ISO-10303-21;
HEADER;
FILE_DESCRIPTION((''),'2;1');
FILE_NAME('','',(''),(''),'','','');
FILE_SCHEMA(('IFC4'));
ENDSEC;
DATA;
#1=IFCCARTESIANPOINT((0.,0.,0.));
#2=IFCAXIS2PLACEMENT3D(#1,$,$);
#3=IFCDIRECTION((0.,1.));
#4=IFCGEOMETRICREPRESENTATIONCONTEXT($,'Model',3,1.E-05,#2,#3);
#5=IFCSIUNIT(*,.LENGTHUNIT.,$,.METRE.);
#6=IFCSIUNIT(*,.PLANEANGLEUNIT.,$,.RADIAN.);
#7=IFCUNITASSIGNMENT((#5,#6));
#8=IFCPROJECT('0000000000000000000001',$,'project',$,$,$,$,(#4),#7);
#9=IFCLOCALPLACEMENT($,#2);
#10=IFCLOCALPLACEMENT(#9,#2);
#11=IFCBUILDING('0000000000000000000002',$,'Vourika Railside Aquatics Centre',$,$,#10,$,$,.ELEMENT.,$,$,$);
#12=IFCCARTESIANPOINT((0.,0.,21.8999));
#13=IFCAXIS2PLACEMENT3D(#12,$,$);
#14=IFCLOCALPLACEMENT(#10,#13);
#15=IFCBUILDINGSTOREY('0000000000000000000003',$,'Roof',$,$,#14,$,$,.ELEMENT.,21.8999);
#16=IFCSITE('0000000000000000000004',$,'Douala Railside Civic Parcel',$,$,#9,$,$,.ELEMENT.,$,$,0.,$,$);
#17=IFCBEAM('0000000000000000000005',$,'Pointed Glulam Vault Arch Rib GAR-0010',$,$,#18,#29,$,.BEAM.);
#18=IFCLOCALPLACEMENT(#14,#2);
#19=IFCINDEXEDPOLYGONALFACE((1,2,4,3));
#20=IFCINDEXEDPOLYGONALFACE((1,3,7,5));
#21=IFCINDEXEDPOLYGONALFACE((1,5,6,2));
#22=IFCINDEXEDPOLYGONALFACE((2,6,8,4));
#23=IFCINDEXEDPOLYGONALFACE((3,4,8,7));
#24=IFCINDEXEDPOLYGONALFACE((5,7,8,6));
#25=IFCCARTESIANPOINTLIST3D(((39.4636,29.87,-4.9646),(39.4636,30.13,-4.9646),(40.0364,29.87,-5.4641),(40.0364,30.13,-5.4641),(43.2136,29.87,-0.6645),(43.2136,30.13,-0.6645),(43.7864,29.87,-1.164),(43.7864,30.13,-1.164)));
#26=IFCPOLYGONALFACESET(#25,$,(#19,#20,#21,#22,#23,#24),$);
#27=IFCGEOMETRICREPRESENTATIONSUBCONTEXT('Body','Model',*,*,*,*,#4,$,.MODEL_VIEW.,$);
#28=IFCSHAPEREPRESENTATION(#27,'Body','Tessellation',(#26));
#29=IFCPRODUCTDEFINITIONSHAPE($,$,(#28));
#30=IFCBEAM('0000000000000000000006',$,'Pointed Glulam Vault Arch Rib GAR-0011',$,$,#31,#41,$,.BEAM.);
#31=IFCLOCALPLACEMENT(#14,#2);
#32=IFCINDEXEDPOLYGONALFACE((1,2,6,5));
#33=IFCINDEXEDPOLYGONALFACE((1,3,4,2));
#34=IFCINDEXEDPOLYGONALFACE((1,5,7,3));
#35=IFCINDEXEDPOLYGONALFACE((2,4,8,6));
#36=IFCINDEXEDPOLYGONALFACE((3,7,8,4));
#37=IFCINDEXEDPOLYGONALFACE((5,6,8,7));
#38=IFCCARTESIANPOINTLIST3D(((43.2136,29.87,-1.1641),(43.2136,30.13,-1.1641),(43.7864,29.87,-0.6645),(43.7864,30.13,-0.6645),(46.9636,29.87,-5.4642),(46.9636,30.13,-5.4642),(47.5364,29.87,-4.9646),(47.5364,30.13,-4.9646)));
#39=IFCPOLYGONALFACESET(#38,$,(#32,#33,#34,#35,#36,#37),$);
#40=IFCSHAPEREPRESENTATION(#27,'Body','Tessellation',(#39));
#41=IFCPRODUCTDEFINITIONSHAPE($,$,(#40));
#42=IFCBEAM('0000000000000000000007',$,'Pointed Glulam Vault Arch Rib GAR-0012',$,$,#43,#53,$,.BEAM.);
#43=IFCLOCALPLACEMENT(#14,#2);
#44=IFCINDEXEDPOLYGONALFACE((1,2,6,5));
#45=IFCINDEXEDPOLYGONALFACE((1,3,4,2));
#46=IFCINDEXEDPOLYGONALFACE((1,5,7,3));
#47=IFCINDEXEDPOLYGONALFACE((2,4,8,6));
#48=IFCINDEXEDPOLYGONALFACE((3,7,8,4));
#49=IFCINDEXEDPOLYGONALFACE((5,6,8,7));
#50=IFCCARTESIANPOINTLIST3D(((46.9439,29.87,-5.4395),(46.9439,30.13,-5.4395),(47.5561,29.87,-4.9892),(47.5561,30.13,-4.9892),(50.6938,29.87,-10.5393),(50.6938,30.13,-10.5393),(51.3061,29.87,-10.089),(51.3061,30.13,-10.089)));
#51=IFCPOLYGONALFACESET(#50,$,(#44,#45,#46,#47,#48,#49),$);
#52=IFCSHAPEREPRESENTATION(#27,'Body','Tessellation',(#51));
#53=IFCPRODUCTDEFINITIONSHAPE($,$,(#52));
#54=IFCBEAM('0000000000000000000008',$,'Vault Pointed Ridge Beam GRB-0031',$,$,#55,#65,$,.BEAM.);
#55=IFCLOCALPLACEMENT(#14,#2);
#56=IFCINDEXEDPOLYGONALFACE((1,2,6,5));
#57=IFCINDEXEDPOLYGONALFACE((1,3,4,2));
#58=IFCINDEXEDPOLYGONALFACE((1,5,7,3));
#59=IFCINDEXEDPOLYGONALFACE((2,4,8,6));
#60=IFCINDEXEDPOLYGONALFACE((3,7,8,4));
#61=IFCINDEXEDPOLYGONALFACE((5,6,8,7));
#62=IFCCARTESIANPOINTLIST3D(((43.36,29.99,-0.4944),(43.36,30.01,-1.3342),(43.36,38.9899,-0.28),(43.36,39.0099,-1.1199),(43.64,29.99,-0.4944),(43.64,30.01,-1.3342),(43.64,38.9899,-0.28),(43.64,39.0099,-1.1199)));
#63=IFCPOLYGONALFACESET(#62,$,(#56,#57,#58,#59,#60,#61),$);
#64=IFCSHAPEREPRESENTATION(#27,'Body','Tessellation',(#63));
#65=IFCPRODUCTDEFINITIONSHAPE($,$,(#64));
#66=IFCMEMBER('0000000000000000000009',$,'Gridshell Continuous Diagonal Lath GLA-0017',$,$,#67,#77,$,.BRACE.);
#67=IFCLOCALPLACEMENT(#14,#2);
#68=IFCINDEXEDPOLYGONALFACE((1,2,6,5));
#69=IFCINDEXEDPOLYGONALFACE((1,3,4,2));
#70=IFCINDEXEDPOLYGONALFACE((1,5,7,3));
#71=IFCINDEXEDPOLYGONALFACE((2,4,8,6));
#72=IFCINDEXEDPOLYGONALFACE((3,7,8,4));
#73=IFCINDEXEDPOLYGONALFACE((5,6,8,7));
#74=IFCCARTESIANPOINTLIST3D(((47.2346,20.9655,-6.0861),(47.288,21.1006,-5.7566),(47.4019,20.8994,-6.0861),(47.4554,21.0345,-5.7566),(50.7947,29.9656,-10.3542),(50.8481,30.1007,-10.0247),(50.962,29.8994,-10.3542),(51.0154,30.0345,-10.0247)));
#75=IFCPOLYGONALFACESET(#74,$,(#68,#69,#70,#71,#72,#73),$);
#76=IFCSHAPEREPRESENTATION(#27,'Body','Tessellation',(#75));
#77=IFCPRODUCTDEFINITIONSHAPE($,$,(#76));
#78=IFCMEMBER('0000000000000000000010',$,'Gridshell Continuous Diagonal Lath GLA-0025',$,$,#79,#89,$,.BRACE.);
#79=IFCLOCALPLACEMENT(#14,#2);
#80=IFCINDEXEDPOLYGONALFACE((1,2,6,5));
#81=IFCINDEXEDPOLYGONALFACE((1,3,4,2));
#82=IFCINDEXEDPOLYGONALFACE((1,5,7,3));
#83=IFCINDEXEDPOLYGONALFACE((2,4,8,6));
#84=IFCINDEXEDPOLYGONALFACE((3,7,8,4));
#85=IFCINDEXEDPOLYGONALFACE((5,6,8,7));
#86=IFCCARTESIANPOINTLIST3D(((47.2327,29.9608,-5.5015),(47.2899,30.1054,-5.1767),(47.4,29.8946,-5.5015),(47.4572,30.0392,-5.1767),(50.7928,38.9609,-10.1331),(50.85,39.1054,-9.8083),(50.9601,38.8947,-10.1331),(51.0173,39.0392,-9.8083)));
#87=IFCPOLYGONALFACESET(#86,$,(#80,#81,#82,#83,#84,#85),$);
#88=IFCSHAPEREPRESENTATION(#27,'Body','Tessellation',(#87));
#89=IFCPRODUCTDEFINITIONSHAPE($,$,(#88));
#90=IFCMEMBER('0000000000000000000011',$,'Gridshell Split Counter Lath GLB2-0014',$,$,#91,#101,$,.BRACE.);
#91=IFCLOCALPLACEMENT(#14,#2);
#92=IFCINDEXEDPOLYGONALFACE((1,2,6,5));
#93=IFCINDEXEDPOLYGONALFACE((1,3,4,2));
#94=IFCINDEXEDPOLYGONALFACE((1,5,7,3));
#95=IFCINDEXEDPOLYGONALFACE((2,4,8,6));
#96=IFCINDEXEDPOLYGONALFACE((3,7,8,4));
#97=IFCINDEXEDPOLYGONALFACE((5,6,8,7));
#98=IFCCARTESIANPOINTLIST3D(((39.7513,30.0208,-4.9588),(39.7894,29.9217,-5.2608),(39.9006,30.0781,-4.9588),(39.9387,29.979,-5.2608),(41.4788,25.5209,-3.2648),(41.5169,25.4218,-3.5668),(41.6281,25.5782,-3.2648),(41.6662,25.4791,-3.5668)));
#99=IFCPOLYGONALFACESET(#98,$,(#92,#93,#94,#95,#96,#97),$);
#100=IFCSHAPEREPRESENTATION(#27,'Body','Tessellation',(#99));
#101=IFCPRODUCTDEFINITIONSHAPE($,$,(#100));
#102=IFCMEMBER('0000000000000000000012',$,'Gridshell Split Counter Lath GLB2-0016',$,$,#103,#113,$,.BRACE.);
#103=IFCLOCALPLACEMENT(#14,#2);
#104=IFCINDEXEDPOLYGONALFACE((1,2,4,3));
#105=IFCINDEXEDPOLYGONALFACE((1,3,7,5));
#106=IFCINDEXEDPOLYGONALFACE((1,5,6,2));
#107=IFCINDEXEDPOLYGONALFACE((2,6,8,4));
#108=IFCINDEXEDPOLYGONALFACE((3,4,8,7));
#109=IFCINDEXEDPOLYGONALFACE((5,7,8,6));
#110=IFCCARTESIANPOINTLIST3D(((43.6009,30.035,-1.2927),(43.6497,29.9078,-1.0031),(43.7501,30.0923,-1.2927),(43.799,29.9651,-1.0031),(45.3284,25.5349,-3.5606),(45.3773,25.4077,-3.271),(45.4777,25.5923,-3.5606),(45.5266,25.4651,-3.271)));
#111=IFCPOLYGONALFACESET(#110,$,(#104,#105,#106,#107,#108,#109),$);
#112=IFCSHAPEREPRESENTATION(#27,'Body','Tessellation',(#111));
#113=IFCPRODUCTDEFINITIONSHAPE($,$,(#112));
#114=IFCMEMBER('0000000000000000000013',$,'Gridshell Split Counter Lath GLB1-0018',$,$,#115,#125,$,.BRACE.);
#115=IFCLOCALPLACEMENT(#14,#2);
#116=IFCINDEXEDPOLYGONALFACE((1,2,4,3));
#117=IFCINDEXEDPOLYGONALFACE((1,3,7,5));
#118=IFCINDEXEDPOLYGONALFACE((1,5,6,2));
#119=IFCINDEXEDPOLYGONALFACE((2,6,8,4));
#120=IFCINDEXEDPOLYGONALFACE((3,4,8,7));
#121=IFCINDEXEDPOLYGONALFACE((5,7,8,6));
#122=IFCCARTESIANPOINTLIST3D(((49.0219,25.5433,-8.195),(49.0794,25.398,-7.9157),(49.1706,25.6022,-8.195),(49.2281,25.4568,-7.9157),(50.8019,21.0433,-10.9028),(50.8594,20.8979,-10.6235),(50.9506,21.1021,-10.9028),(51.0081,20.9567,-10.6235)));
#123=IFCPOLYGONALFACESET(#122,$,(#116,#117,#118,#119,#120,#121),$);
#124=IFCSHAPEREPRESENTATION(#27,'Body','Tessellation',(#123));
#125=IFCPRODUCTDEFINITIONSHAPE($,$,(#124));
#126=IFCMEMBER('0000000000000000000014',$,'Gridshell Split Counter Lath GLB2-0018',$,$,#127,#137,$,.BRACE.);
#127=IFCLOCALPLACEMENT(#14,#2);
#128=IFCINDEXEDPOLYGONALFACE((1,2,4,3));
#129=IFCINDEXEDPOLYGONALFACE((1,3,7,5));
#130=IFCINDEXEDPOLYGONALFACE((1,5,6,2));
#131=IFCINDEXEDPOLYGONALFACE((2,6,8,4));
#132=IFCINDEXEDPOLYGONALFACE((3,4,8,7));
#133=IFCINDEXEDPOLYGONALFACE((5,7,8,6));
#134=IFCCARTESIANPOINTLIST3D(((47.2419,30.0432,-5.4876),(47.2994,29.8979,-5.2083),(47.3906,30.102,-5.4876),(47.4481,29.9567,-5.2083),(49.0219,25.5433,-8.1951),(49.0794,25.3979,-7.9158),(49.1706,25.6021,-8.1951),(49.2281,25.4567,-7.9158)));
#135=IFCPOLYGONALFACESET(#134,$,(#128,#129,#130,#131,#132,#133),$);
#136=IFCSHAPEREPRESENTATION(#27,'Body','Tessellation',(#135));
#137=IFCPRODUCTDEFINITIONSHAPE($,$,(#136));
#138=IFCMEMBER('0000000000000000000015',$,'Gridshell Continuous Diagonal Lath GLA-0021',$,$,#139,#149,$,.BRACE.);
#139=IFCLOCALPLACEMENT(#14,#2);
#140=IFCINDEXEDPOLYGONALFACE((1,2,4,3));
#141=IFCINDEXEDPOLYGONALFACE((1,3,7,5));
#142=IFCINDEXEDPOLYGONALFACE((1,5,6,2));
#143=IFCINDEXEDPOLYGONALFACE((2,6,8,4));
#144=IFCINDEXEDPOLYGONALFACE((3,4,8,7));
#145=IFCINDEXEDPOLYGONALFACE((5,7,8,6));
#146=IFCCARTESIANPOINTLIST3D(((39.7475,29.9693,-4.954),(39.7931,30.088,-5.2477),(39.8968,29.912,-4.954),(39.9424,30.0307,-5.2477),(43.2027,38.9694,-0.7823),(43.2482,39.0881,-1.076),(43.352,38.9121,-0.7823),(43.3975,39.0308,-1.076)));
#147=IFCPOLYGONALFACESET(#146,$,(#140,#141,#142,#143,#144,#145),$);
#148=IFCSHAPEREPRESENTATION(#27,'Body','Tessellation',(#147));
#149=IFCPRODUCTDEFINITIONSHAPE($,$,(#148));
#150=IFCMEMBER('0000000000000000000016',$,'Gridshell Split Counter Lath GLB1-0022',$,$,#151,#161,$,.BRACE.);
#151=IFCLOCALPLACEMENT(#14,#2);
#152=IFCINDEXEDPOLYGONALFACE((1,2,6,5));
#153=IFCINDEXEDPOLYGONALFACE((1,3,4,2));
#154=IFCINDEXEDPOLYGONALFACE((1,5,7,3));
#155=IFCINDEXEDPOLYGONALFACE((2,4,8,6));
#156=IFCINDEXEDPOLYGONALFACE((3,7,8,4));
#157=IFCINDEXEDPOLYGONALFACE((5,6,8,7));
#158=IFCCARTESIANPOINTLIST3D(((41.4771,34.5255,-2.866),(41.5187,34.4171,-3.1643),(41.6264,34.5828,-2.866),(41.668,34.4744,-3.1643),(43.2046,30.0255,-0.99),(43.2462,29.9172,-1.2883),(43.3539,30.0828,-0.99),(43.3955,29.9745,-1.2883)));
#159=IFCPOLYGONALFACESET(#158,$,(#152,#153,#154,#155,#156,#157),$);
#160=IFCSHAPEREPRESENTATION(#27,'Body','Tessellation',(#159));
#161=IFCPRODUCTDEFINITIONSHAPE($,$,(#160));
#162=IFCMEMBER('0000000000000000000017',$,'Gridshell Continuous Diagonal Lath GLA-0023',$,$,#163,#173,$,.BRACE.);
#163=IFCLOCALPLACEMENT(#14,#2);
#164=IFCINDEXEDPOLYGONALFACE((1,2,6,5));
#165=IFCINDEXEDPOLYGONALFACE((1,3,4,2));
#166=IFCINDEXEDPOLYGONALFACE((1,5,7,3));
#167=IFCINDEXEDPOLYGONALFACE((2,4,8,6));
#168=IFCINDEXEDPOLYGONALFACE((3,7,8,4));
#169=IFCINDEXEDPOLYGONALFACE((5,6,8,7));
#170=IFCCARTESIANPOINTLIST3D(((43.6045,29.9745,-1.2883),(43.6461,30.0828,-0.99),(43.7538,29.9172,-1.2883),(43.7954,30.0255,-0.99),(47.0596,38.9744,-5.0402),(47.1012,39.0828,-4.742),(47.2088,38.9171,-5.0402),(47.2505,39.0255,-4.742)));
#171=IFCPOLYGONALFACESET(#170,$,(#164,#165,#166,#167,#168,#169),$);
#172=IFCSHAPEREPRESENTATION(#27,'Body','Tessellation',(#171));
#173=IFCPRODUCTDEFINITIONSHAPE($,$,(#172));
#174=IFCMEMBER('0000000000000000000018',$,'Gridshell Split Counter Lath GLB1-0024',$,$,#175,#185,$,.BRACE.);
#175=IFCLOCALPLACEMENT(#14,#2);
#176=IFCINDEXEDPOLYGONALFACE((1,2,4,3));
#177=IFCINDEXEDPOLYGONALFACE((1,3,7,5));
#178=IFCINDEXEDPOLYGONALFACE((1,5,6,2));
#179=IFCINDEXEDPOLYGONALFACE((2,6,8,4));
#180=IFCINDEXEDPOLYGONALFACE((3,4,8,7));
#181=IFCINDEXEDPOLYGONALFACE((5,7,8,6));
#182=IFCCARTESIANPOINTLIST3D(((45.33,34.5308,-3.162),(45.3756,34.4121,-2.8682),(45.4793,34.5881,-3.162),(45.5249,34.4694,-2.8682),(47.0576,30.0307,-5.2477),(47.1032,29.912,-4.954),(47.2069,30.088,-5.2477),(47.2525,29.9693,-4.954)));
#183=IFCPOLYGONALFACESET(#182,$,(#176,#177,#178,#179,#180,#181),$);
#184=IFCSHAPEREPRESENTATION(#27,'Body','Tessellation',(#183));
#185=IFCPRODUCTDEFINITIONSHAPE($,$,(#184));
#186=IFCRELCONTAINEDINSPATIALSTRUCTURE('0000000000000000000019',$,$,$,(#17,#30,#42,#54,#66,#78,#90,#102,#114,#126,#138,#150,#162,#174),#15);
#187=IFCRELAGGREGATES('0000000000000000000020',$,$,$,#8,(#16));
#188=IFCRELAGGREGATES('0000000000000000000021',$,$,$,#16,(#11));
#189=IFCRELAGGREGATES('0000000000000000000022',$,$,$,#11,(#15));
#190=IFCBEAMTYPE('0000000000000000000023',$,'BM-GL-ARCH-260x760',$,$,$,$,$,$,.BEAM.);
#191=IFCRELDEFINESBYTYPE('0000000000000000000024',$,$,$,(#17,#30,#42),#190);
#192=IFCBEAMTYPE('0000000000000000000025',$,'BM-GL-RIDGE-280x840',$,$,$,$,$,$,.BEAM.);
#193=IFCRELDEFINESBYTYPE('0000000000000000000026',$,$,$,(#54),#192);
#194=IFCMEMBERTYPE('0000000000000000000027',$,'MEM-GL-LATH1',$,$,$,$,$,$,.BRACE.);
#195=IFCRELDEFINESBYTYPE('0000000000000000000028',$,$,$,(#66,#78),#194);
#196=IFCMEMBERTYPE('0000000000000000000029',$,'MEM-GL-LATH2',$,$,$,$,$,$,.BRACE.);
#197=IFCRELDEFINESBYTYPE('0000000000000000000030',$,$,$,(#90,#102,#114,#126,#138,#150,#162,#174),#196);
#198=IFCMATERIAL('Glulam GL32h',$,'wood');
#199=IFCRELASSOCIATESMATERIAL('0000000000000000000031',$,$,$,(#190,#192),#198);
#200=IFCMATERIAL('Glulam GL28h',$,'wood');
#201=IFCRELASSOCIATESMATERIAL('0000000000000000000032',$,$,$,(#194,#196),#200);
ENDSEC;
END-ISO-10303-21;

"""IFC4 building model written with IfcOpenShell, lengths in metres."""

from ifc_helpers import new_model, si_unit, direction, frame, origin, origin_2d, place, context, subcontext, project, spatial, rectangle, extrude, material, material_profile, profile_set, type_object, element, save


model = new_model("IFC4")

# Units and contexts
model_context = context("Model", 3, precision=1e-05, world=origin(), true_north=direction((0.0, 1.0)))
body_context = subcontext(model_context, "Body", "Model", "MODEL_VIEW")
ifc_project = project(units=[si_unit("LENGTHUNIT", "METRE"), si_unit("PLANEANGLEUNIT", "RADIAN")], contexts=[model_context])

# Site, building, storey
site_placement = place(None, origin())
site = spatial("IfcSite", under=ifc_project, at=site_placement, Name="Douala Railside Civic Parcel", CompositionType="ELEMENT", RefElevation=0.0)
building_placement = place(site_placement, origin())
building = spatial("IfcBuilding", under=site, at=building_placement, Name="Vourika Railside Aquatics Centre", CompositionType="ELEMENT")
storey_placement = place(building_placement, frame((0.0, 0.0, 21.8999)))
storey = spatial("IfcBuildingStorey", under=building, at=storey_placement, Name="Roof", CompositionType="ELEMENT", Elevation=21.8999)

# Beams
ifc_material_1 = material(Name="Glulam GL32h", Category="wood")
ifc_material_profile_1 = material_profile(ifc_material_1, rectangle(XDim=0.26, YDim=0.76, at=origin_2d()), Name="GL32h 260x760")
ifc_profile_set_1 = profile_set([ifc_material_profile_1], Name="Glulam GL32h")
beam_type_1 = type_object("IfcBeamType", Name="BM-GL-ARCH-260x760", PredefinedType="BEAM", material=ifc_profile_set_1)
for number, where, z_axis, x_axis, name in (
    (1, (39.75, 30.0, -5.2144), (0.657259, 0.0, 0.753665), (0.0, 1.0, 0.0), "Pointed Glulam Vault Arch Rib GAR-0010"),
    (2, (43.5, 30.0, -0.9143), (0.657259, 0.0, -0.753665), (0.0, 1.0, 0.0), "Pointed Glulam Vault Arch Rib GAR-0011"),
):
    element("IfcBeam", number, at=place(storey_placement, frame(where, z_axis=z_axis, x_axis=x_axis)), inside=storey, type_object=beam_type_1, Name=name, PredefinedType="BEAM", context=body_context, shape_type="SweptSolid", body=[
        extrude(rectangle(XDim=0.26, YDim=0.76, at=origin_2d()), origin(), (0.0, 0.0, 1.0), 5.7056),
    ])
beam_1_placement = place(storey_placement, frame((47.25, 30.0, -5.2144), z_axis=(0.592401, 0.0, -0.805643), x_axis=(0.0, 1.0, 0.0)))
element("IfcBeam", 3, at=beam_1_placement, inside=storey, type_object=beam_type_1, Name="Pointed Glulam Vault Arch Rib GAR-0012", PredefinedType="BEAM", context=body_context, shape_type="SweptSolid", body=[
    extrude(rectangle(XDim=0.26, YDim=0.76, at=origin_2d()), origin(), (0.0, 0.0, 1.0), 6.3301),
])
ifc_material_profile_2 = material_profile(ifc_material_1, rectangle(XDim=0.28, YDim=0.8401, at=origin_2d()), Name="GL32h 280x840")
ifc_profile_set_2 = profile_set([ifc_material_profile_2], Name="Glulam GL32h")
beam_type_2 = type_object("IfcBeamType", Name="BM-GL-RIDGE-280x840", PredefinedType="BEAM", material=ifc_profile_set_2)
beam_2_placement = place(storey_placement, frame((43.5, 30.0, -0.9143), z_axis=(0.0, 0.999716, 0.023811), x_axis=(-1.0, 0.0, 0.0)))
element("IfcBeam", 4, at=beam_2_placement, inside=storey, type_object=beam_type_2, Name="Vault Pointed Ridge Beam GRB-0031", PredefinedType="BEAM", context=body_context, shape_type="SweptSolid", body=[
    extrude(rectangle(XDim=0.28, YDim=0.8401, at=origin_2d()), origin(), (0.0, 0.0, 1.0), 9.0024),
])

# Members
ifc_material_2 = material(Name="Glulam GL28h", Category="wood")
ifc_material_profile_3 = material_profile(ifc_material_2, rectangle(XDim=0.1799, YDim=0.3601, at=origin_2d()), Name="GL28h 180x360")
ifc_profile_set_3 = profile_set([ifc_material_profile_3], Name="Glulam GL28h")
member_type_1 = type_object("IfcMemberType", Name="MEM-GL-LATH1", PredefinedType="BRACE", material=ifc_profile_set_3)
member_1_placement = place(storey_placement, frame((47.345, 21.0, -5.9214), z_axis=(0.336559, 0.850836, -0.403492), x_axis=(-0.929893, 0.36783, 0.0)))
element("IfcMember", 5, at=member_1_placement, inside=storey, type_object=member_type_1, Name="Gridshell Continuous Diagonal Lath GLA-0017", PredefinedType="BRACE", context=body_context, shape_type="SweptSolid", body=[
    extrude(rectangle(XDim=0.1799, YDim=0.3601, at=origin_2d()), origin(), (0.0, 0.0, 1.0), 10.5779),
])
member_2_placement = place(storey_placement, frame((47.345, 30.0, -5.3391), z_axis=(0.331796, 0.838796, -0.431662), x_axis=(-0.929893, 0.36783, 0.0)))
element("IfcMember", 6, at=member_2_placement, inside=storey, type_object=member_type_1, Name="Gridshell Continuous Diagonal Lath GLA-0025", PredefinedType="BRACE", context=body_context, shape_type="SweptSolid", body=[
    extrude(rectangle(XDim=0.1799, YDim=0.3601, at=origin_2d()), origin(), (0.0, 0.0, 1.0), 10.7297),
])
ifc_material_profile_4 = material_profile(ifc_material_2, rectangle(XDim=0.1599, YDim=0.3201, at=origin_2d()), Name="GL28h 160x320")
ifc_profile_set_4 = profile_set([ifc_material_profile_4], Name="Glulam GL28h")
member_type_2 = type_object("IfcMemberType", Name="MEM-GL-LATH2", PredefinedType="BRACE", material=ifc_profile_set_4)
member_3_placement = place(storey_placement, frame((41.5725, 25.5, -3.4158), z_axis=(-0.338121, 0.880757, -0.331574), x_axis=(-0.93357, -0.358395, 0.0)))
element("IfcMember", 7, at=member_3_placement, inside=storey, type_object=member_type_2, Name="Gridshell Split Counter Lath GLB2-0014", PredefinedType="BRACE", context=body_context, shape_type="SweptSolid", body=[
    extrude(rectangle(XDim=0.1599, YDim=0.3201, at=origin_2d()), origin(), (0.0, 0.0, 1.0), 5.1091),
])
member_4_placement = place(storey_placement, frame((45.4275, 25.5, -3.4158), z_axis=(-0.324296, 0.844746, 0.425719), x_axis=(-0.93357, -0.358395, 0.0)))
element("IfcMember", 8, at=member_4_placement, inside=storey, type_object=member_type_2, Name="Gridshell Split Counter Lath GLB2-0016", PredefinedType="BRACE", context=body_context, shape_type="SweptSolid", body=[
    extrude(rectangle(XDim=0.1599, YDim=0.3201, at=origin_2d()), origin(), (0.0, 0.0, 1.0), 5.3271),
])
member_5_placement = place(storey_placement, frame((50.905, 21.0, -10.7632), z_axis=(-0.320997, 0.811496, 0.488298), x_axis=(-0.929893, -0.36783, 0.0)))
element("IfcMember", 9, at=member_5_placement, inside=storey, type_object=member_type_2, Name="Gridshell Split Counter Lath GLB1-0018", PredefinedType="BRACE", context=body_context, shape_type="SweptSolid", body=[
    extrude(rectangle(XDim=0.1599, YDim=0.3201, at=origin_2d()), origin(), (0.0, 0.0, 1.0), 5.5454),
])
member_6_placement = place(storey_placement, frame((49.125, 25.5, -8.0554), z_axis=(-0.321004, 0.811514, 0.488264), x_axis=(-0.929893, -0.36783, 0.0)))
element("IfcMember", 10, at=member_6_placement, inside=storey, type_object=member_type_2, Name="Gridshell Split Counter Lath GLB2-0018", PredefinedType="BRACE", context=body_context, shape_type="SweptSolid", body=[
    extrude(rectangle(XDim=0.1599, YDim=0.3201, at=origin_2d()), origin(), (0.0, 0.0, 1.0), 5.5452),
])
member_7_placement = place(storey_placement, frame((39.845, 30.0, -5.1008), z_axis=(0.328921, 0.856793, 0.397136), x_axis=(-0.93357, 0.358395, 0.0)))
element("IfcMember", 11, at=member_7_placement, inside=storey, type_object=member_type_2, Name="Gridshell Continuous Diagonal Lath GLA-0021", PredefinedType="BRACE", context=body_context, shape_type="SweptSolid", body=[
    extrude(rectangle(XDim=0.1599, YDim=0.3201, at=origin_2d()), origin(), (0.0, 0.0, 1.0), 10.5044),
])
member_8_placement = place(storey_placement, frame((43.3, 30.0, -1.1392), z_axis=(-0.333992, 0.870003, -0.36269), x_axis=(-0.93357, -0.358395, 0.0)))
element("IfcMember", 12, at=member_8_placement, inside=storey, type_object=member_type_2, Name="Gridshell Split Counter Lath GLB1-0022", PredefinedType="BRACE", context=body_context, shape_type="SweptSolid", body=[
    extrude(rectangle(XDim=0.1599, YDim=0.3201, at=origin_2d()), origin(), (0.0, 0.0, 1.0), 5.1724),
])
member_9_placement = place(storey_placement, frame((43.7, 30.0, -1.1392), z_axis=(0.333992, 0.870003, -0.36269), x_axis=(-0.93357, 0.358395, 0.0)))
element("IfcMember", 13, at=member_9_placement, inside=storey, type_object=member_type_2, Name="Gridshell Continuous Diagonal Lath GLA-0023", PredefinedType="BRACE", context=body_context, shape_type="SweptSolid", body=[
    extrude(rectangle(XDim=0.1599, YDim=0.3201, at=origin_2d()), origin(), (0.0, 0.0, 1.0), 10.3447),
])
member_10_placement = place(storey_placement, frame((47.155, 30.0, -5.1008), z_axis=(-0.328924, 0.856801, 0.397116), x_axis=(-0.93357, -0.358395, 0.0)))
element("IfcMember", 14, at=member_10_placement, inside=storey, type_object=member_type_2, Name="Gridshell Split Counter Lath GLB1-0024", PredefinedType="BRACE", context=body_context, shape_type="SweptSolid", body=[
    extrude(rectangle(XDim=0.1599, YDim=0.3201, at=origin_2d()), origin(), (0.0, 0.0, 1.0), 5.2522),
])

save(model, "model.ifc")
